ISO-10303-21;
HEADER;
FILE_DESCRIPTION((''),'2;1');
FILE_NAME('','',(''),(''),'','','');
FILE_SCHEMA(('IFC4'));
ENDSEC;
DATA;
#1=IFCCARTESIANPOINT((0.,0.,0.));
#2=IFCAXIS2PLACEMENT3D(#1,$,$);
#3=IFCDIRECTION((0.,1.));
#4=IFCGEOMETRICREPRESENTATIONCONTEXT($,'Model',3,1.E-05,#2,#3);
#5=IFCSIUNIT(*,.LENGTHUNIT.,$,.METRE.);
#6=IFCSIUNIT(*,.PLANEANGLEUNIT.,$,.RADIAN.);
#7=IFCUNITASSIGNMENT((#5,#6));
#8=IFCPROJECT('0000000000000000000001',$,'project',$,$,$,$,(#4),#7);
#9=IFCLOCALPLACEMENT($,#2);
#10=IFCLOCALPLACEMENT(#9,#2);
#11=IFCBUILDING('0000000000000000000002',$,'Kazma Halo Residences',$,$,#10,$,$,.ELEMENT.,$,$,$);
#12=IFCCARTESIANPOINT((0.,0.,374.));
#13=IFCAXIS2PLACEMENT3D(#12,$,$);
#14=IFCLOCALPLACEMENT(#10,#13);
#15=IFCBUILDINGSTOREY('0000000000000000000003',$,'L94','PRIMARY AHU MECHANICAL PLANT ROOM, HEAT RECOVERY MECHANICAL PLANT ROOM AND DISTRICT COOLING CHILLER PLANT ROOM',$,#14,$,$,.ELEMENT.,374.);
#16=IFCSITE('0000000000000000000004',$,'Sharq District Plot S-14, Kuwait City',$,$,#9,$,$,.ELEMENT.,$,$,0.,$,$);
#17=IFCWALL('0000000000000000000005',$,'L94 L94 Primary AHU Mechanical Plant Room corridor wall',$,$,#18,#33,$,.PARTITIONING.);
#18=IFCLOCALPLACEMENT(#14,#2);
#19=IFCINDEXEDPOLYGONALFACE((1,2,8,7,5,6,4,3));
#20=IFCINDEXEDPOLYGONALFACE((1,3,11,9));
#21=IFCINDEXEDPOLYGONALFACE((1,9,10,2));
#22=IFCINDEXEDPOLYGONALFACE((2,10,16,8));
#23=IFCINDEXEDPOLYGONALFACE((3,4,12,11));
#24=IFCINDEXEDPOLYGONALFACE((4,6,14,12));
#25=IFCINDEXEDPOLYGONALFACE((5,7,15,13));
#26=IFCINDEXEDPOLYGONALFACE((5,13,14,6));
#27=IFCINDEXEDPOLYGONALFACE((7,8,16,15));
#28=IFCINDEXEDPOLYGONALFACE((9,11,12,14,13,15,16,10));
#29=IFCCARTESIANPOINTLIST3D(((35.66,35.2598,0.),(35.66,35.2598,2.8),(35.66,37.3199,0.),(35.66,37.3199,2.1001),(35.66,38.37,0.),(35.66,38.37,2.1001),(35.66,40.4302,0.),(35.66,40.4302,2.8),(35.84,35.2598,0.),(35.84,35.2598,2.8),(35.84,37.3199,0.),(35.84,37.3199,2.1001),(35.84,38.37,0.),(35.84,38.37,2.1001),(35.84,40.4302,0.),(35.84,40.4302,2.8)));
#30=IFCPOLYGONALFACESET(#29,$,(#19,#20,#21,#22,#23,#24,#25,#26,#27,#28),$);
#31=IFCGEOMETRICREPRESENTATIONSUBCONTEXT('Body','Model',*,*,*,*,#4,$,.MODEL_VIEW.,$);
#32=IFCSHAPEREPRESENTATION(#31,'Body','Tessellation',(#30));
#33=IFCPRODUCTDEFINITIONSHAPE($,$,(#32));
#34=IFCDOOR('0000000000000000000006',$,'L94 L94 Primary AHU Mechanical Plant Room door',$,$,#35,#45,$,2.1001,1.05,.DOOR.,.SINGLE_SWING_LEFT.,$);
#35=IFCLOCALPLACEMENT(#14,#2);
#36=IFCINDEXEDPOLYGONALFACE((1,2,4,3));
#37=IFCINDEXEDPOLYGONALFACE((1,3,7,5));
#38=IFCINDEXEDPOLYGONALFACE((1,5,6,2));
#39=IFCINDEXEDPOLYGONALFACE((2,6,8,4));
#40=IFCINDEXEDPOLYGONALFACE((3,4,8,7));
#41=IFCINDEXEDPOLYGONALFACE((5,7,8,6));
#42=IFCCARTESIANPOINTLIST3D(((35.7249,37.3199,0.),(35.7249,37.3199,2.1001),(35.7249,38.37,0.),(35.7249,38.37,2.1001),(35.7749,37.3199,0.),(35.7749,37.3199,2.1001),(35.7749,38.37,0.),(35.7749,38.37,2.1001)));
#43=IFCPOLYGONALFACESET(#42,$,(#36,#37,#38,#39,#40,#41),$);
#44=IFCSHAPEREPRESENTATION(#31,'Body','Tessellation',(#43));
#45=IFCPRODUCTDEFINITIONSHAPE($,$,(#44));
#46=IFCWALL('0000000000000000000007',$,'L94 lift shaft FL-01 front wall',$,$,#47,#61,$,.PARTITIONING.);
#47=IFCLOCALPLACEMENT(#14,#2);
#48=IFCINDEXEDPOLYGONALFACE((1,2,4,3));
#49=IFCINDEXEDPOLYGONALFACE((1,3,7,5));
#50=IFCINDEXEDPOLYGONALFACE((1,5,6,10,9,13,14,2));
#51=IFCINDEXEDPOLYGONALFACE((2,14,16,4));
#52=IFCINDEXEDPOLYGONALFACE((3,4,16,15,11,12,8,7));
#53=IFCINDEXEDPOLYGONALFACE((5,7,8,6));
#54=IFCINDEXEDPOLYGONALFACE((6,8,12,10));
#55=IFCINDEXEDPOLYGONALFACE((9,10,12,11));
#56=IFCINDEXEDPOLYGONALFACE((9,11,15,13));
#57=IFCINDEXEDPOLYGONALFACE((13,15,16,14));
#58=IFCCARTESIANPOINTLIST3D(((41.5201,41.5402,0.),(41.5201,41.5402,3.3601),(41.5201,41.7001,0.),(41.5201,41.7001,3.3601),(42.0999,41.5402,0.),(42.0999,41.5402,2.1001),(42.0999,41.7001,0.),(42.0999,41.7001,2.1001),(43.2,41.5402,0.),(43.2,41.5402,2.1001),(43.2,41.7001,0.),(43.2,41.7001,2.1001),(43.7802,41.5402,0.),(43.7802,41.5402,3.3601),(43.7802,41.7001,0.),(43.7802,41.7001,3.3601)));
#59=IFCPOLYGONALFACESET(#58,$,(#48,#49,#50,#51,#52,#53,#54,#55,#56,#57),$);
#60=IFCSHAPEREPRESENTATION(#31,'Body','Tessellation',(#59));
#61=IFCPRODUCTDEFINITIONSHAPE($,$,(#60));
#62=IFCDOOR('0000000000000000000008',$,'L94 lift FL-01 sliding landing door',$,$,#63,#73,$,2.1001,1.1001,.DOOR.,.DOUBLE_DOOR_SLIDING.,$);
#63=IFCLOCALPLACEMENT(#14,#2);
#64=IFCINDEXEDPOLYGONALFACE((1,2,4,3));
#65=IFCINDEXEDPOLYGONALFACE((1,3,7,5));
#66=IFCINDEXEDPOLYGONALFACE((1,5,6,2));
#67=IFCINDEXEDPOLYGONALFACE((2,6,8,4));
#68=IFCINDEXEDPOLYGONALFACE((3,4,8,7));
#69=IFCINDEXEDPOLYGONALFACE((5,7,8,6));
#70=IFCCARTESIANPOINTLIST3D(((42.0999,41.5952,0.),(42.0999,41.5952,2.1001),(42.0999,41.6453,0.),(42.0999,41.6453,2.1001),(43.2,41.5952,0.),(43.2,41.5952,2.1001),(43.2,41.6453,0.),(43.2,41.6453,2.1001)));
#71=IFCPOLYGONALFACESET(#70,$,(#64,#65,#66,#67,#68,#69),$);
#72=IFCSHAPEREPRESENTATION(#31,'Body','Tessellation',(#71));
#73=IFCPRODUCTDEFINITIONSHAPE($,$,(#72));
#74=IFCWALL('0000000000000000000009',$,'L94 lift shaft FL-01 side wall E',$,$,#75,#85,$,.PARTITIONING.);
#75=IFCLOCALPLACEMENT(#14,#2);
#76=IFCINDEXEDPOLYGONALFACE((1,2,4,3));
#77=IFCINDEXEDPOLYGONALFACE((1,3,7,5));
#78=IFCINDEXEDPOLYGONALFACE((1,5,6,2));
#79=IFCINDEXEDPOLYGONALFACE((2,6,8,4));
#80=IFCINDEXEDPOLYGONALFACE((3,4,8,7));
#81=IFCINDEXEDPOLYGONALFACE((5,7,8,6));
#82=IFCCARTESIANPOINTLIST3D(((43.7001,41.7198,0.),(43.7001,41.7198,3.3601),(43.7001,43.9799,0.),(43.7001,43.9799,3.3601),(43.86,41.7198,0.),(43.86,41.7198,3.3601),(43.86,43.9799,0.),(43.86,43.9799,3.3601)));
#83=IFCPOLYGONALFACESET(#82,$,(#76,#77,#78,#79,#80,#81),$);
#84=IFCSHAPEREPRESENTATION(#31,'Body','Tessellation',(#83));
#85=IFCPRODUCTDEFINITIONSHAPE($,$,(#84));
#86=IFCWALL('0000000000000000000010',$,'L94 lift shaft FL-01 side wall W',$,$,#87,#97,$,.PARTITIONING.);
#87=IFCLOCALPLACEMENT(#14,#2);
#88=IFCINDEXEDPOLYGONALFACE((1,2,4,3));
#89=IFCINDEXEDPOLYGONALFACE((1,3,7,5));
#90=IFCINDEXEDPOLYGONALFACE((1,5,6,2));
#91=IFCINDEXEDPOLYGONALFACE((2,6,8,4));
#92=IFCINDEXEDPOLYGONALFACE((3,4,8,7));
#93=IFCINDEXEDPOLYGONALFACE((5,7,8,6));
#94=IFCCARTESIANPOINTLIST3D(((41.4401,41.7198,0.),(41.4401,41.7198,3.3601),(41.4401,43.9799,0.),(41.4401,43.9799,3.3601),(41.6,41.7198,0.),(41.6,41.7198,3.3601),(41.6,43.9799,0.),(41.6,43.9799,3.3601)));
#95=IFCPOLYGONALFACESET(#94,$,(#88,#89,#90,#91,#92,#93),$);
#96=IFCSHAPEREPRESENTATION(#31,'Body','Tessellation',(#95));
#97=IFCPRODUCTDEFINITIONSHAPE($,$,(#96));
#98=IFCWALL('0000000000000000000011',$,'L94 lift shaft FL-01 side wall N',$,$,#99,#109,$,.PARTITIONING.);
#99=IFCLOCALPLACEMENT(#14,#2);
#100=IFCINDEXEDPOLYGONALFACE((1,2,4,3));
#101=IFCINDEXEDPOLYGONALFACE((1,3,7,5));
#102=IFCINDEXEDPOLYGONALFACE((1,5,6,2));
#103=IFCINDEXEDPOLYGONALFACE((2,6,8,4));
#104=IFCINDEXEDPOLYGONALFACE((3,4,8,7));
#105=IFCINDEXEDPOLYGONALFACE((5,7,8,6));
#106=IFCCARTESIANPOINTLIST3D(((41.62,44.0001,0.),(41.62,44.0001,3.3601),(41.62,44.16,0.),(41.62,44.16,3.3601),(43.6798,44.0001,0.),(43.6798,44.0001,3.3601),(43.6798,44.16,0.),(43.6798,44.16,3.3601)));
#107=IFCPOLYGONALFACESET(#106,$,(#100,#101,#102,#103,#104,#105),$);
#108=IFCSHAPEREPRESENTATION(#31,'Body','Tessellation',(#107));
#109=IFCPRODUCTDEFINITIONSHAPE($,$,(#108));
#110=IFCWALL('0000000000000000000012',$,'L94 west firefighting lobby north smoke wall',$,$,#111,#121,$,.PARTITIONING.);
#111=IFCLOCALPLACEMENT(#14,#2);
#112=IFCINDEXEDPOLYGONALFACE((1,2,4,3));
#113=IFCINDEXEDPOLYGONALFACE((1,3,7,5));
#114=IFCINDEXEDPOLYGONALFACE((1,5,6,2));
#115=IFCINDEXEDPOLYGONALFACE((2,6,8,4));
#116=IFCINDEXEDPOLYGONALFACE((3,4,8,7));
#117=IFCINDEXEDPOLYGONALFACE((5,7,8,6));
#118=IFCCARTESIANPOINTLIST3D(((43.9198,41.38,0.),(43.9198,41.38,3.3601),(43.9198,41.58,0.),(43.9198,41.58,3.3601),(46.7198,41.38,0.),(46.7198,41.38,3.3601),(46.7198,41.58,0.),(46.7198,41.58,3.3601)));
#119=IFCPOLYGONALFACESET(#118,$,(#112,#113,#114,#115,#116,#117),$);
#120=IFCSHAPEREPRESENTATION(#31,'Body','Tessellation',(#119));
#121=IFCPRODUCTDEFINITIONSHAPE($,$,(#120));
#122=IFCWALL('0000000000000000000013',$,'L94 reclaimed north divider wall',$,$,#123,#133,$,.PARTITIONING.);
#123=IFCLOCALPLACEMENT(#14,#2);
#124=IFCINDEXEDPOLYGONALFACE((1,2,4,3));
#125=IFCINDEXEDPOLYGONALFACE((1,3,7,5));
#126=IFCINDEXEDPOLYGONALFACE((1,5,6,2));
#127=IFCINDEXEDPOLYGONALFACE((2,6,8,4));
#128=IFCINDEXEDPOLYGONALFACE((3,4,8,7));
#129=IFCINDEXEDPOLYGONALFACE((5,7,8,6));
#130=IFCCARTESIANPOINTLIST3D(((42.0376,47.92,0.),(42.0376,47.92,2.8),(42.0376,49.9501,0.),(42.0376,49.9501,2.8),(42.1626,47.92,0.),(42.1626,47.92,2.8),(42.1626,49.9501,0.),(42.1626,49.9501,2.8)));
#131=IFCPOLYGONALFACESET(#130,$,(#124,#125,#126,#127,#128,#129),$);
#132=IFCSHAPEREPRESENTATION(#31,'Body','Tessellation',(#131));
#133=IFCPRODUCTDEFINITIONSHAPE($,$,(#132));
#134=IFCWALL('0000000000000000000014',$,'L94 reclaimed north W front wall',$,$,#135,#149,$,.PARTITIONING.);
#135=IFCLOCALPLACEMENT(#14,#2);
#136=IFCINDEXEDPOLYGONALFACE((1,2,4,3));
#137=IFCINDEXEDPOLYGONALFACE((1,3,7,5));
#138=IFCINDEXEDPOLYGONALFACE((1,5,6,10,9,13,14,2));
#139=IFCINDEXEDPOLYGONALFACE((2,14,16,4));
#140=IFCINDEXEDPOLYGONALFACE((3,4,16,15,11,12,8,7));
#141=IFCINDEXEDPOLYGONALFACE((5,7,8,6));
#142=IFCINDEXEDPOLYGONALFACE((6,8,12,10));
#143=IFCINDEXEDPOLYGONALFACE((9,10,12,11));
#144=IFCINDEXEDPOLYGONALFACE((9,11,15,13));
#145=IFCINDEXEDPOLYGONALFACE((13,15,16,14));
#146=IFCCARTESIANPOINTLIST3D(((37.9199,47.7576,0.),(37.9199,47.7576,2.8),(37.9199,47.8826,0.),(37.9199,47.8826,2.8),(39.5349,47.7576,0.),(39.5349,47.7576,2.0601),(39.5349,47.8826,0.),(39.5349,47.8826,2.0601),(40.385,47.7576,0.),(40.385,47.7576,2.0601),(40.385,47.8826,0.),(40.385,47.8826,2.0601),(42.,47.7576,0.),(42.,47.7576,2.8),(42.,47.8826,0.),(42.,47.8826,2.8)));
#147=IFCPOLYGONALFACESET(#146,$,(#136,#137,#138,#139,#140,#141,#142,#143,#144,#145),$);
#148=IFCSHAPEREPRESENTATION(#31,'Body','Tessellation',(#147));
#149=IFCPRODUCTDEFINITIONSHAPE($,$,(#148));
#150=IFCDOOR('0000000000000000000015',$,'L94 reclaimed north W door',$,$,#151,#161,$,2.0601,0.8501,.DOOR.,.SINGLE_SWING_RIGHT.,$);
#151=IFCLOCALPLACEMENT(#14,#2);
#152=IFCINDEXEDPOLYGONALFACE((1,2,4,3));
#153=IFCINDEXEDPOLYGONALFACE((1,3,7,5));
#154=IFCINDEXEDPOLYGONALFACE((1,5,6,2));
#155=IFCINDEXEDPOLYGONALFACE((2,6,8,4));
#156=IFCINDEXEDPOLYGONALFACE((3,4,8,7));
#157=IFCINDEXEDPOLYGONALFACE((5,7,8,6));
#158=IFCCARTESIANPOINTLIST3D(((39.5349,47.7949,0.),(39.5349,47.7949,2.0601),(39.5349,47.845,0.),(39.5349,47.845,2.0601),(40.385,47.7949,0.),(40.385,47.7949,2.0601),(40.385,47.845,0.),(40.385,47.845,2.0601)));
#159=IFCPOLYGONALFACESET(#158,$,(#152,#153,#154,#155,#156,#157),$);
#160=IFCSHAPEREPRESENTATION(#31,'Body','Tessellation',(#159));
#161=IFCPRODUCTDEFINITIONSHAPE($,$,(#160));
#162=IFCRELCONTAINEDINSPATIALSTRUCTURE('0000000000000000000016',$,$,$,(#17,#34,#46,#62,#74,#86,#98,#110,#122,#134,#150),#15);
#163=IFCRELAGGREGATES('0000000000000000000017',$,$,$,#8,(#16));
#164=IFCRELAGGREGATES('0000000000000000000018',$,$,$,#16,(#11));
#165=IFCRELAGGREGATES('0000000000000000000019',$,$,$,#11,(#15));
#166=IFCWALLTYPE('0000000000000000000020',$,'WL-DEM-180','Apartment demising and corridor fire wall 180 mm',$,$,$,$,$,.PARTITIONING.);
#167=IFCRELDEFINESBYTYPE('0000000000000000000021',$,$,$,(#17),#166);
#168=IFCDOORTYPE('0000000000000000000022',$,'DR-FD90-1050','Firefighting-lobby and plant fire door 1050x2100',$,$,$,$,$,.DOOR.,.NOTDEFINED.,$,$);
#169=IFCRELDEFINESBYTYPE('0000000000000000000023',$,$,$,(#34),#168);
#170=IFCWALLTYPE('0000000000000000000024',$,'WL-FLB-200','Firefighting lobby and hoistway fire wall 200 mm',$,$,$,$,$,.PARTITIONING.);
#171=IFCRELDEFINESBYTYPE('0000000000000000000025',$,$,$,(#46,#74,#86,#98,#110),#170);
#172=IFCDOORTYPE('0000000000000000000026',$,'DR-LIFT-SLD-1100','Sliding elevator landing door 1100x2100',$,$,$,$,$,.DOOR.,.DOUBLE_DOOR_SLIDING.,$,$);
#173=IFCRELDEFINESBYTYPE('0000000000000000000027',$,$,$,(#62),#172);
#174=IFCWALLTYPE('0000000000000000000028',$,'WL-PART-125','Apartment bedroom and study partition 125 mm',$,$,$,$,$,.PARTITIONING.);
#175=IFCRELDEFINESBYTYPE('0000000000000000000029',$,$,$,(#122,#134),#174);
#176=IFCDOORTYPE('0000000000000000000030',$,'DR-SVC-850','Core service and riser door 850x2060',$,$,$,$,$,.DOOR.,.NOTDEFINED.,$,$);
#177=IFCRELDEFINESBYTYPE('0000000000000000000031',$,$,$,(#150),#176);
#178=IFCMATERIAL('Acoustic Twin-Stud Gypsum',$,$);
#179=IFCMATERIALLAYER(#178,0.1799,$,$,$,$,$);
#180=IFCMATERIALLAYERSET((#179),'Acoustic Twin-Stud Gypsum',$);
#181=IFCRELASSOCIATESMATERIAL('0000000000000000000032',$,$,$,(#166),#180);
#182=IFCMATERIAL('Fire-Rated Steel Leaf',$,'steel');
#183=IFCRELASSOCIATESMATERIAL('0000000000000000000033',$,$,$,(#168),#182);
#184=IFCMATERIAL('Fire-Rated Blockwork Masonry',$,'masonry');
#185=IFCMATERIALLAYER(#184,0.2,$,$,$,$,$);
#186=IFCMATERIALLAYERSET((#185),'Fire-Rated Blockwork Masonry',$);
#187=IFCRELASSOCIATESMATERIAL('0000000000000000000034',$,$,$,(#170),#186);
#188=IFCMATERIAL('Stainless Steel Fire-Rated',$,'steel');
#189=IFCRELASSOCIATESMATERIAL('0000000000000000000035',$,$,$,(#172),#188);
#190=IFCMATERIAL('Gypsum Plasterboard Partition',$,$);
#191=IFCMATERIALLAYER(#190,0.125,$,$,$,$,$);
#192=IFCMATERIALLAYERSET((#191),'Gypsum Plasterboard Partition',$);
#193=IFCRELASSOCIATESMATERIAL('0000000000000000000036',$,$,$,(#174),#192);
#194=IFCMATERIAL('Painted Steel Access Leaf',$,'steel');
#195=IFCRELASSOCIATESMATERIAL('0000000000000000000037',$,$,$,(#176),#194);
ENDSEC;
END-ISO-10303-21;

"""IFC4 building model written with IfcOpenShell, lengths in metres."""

from ifc_helpers import new_model, si_unit, direction, frame, frame_2d, origin, place, context, subcontext, project, spatial, rectangle, extrude, material, layer, layer_set, type_object, element, fill, save


model = new_model("IFC4")

# Units and contexts
model_context = context("Model", 3, precision=1e-05, world=origin(), true_north=direction((0.0, 1.0)))
body_context = subcontext(model_context, "Body", "Model", "MODEL_VIEW")
ifc_project = project(units=[si_unit("LENGTHUNIT", "METRE"), si_unit("PLANEANGLEUNIT", "RADIAN")], contexts=[model_context])

# Site, building, storey
site_placement = place(None, origin())
site = spatial("IfcSite", under=ifc_project, at=site_placement, Name="Sharq District Plot S-14, Kuwait City", CompositionType="ELEMENT", RefElevation=0.0)
building_placement = place(site_placement, origin())
building = spatial("IfcBuilding", under=site, at=building_placement, Name="Kazma Halo Residences", CompositionType="ELEMENT")
storey_placement = place(building_placement, frame((0.0, 0.0, 374.0)))
storey = spatial("IfcBuildingStorey", under=building, at=storey_placement, Name="L94", Description="PRIMARY AHU MECHANICAL PLANT ROOM, HEAT RECOVERY MECHANICAL PLANT ROOM AND DISTRICT COOLING CHILLER PLANT ROOM", CompositionType="ELEMENT", Elevation=374.0)

# Shared definitions
ifc_material_1 = material(Name="Acoustic Twin-Stud Gypsum")
ifc_layer_1 = layer(ifc_material_1, 0.1799)
ifc_layer_set_1 = layer_set([ifc_layer_1], Name="Acoustic Twin-Stud Gypsum")
wall_type_1 = type_object("IfcWallType", Name="WL-DEM-180", Description="Apartment demising and corridor fire wall 180 mm", PredefinedType="PARTITIONING", material=ifc_layer_set_1)

# Walls, openings, doors
wall_1_placement = place(storey_placement, frame((35.75, 40.4302, 0.0), z_axis=(0.0, 0.0, 1.0), x_axis=(0.0, -1.0, 0.0)))
wall_1 = element("IfcWall", 1, at=wall_1_placement, inside=storey, type_object=wall_type_1, Name="L94 L94 Primary AHU Mechanical Plant Room corridor wall", PredefinedType="PARTITIONING", context=body_context, shape_type="SweptSolid", body=[
    extrude(rectangle(XDim=5.1704, YDim=0.1799, at=frame_2d((2.5852, 0.0))), origin(), (0.0, 0.0, 1.0), 2.8),
])
opening_1_placement = place(wall_1_placement, frame((2.0603, 0.0, 0.0)))
opening_1 = element("IfcOpeningElement", 2, at=opening_1_placement, cuts=wall_1, PredefinedType="OPENING", context=body_context, shape_type="SweptSolid", body=[
    extrude(rectangle(XDim=1.05, YDim=2.1001, at=frame_2d((0.5249, 1.05))), frame((0.0, 0.0999, 0.0), z_axis=(0.0, -1.0, 0.0), x_axis=(1.0, 0.0, 0.0)), (0.0, 0.0, 1.0), 0.2),
])
ifc_material_2 = material(Name="Fire-Rated Steel Leaf", Category="steel")
door_type_1 = type_object("IfcDoorType", Name="DR-FD90-1050", Description="Firefighting-lobby and plant fire door 1050x2100", OperationType="NOTDEFINED", PredefinedType="DOOR", material=ifc_material_2)
door_1_placement = place(opening_1_placement, origin())
door_1 = element("IfcDoor", 3, at=door_1_placement, inside=storey, type_object=door_type_1, Name="L94 L94 Primary AHU Mechanical Plant Room door", OperationType="SINGLE_SWING_LEFT", OverallHeight=2.1001, OverallWidth=1.05, PredefinedType="DOOR", context=body_context, shape_type="SweptSolid", body=[
    extrude(rectangle(XDim=1.05, YDim=2.1001, at=frame_2d((0.5249, 1.05))), frame((0.0, 0.0249, 0.0), z_axis=(0.0, -1.0, 0.0), x_axis=(1.0, 0.0, 0.0)), (0.0, 0.0, 1.0), 0.05),
])
fill(opening_1, door_1)
ifc_material_3 = material(Name="Fire-Rated Blockwork Masonry", Category="masonry")
ifc_layer_2 = layer(ifc_material_3, 0.2)
ifc_layer_set_2 = layer_set([ifc_layer_2], Name="Fire-Rated Blockwork Masonry")
wall_type_2 = type_object("IfcWallType", Name="WL-FLB-200", Description="Firefighting lobby and hoistway fire wall 200 mm", PredefinedType="PARTITIONING", material=ifc_layer_set_2)
wall_2_placement = place(storey_placement, frame((43.78, 41.6201, 0.0), z_axis=(0.0, 0.0, 1.0), x_axis=(-1.0, 0.0, 0.0)))
wall_2 = element("IfcWall", 4, at=wall_2_placement, inside=storey, type_object=wall_type_2, Name="L94 lift shaft FL-01 front wall", PredefinedType="PARTITIONING", context=body_context, shape_type="SweptSolid", body=[
    extrude(rectangle(XDim=2.26, YDim=0.1599, at=frame_2d((1.1299, 0.0))), origin(), (0.0, 0.0, 1.0), 3.3601),
])
opening_2_placement = place(wall_2_placement, frame((0.5801, 0.0, 0.0)))
opening_2 = element("IfcOpeningElement", 5, at=opening_2_placement, cuts=wall_2, PredefinedType="OPENING", context=body_context, shape_type="SweptSolid", body=[
    extrude(rectangle(XDim=1.1001, YDim=2.1001, at=frame_2d((0.55, 1.05))), frame((0.0, 0.0898, 0.0), z_axis=(0.0, -1.0, 0.0), x_axis=(1.0, 0.0, 0.0)), (0.0, 0.0, 1.0), 0.1799),
])
ifc_material_4 = material(Name="Stainless Steel Fire-Rated", Category="steel")
door_type_2 = type_object("IfcDoorType", Name="DR-LIFT-SLD-1100", Description="Sliding elevator landing door 1100x2100", OperationType="DOUBLE_DOOR_SLIDING", PredefinedType="DOOR", material=ifc_material_4)
door_2_placement = place(opening_2_placement, origin())
door_2 = element("IfcDoor", 6, at=door_2_placement, inside=storey, type_object=door_type_2, Name="L94 lift FL-01 sliding landing door", OperationType="DOUBLE_DOOR_SLIDING", OverallHeight=2.1001, OverallWidth=1.1001, PredefinedType="DOOR", context=body_context, shape_type="SweptSolid", body=[
    extrude(rectangle(XDim=1.1001, YDim=2.1001, at=frame_2d((0.55, 1.05))), frame((0.0, 0.0249, 0.0), z_axis=(0.0, -1.0, 0.0), x_axis=(1.0, 0.0, 0.0)), (0.0, 0.0, 1.0), 0.05),
])
fill(opening_2, door_2)

# Walls
for number, where, z_axis, x_axis, name in (
    (7, (43.78, 41.72, 0.0), (0.0, 0.0, 1.0), (0.0, 1.0, 0.0), "L94 lift shaft FL-01 side wall E"),
    (8, (41.52, 41.72, 0.0), (0.0, 0.0, 1.0), (0.0, 1.0, 0.0), "L94 lift shaft FL-01 side wall W"),
):
    element("IfcWall", number, at=place(storey_placement, frame(where, z_axis=z_axis, x_axis=x_axis)), inside=storey, type_object=wall_type_2, Name=name, PredefinedType="PARTITIONING", context=body_context, shape_type="SweptSolid", body=[
        extrude(rectangle(XDim=2.26, YDim=0.1599, at=frame_2d((1.1299, 0.0))), origin(), (0.0, 0.0, 1.0), 3.3601),
    ])
wall_3_placement = place(storey_placement, frame((41.6201, 44.0801, 0.0), z_axis=(0.0, 0.0, 1.0), x_axis=(1.0, 0.0, 0.0)))
element("IfcWall", 9, at=wall_3_placement, inside=storey, type_object=wall_type_2, Name="L94 lift shaft FL-01 side wall N", PredefinedType="PARTITIONING", context=body_context, shape_type="SweptSolid", body=[
    extrude(rectangle(XDim=2.0598, YDim=0.1599, at=frame_2d((1.0298, 0.0))), origin(), (0.0, 0.0, 1.0), 3.3601),
])
wall_4_placement = place(storey_placement, frame((43.9199, 41.48, 0.0), z_axis=(0.0, 0.0, 1.0), x_axis=(1.0, 0.0, 0.0)))
element("IfcWall", 10, at=wall_4_placement, inside=storey, type_object=wall_type_2, Name="L94 west firefighting lobby north smoke wall", PredefinedType="PARTITIONING", context=body_context, shape_type="SweptSolid", body=[
    extrude(rectangle(XDim=2.8, YDim=0.2, at=frame_2d((1.3999, 0.0))), origin(), (0.0, 0.0, 1.0), 3.3601),
])
ifc_material_5 = material(Name="Gypsum Plasterboard Partition")
ifc_layer_3 = layer(ifc_material_5, 0.125)
ifc_layer_set_3 = layer_set([ifc_layer_3], Name="Gypsum Plasterboard Partition")
wall_type_3 = type_object("IfcWallType", Name="WL-PART-125", Description="Apartment bedroom and study partition 125 mm", PredefinedType="PARTITIONING", material=ifc_layer_set_3)
wall_5_placement = place(storey_placement, frame((42.1001, 47.9199, 0.0), z_axis=(0.0, 0.0, 1.0), x_axis=(0.0, 1.0, 0.0)))
element("IfcWall", 11, at=wall_5_placement, inside=storey, type_object=wall_type_3, Name="L94 reclaimed north divider wall", PredefinedType="PARTITIONING", context=body_context, shape_type="SweptSolid", body=[
    extrude(rectangle(XDim=2.03, YDim=0.125, at=frame_2d((1.0151, 0.0))), origin(), (0.0, 0.0, 1.0), 2.8),
])

# Wall, opening, door
wall_6_placement = place(storey_placement, frame((37.9199, 47.8201, 0.0), z_axis=(0.0, 0.0, 1.0), x_axis=(1.0, 0.0, 0.0)))
wall_6 = element("IfcWall", 12, at=wall_6_placement, inside=storey, type_object=wall_type_3, Name="L94 reclaimed north W front wall", PredefinedType="PARTITIONING", context=body_context, shape_type="SweptSolid", body=[
    extrude(rectangle(XDim=4.0801, YDim=0.125, at=frame_2d((2.04, 0.0))), origin(), (0.0, 0.0, 1.0), 2.8),
])
opening_3_placement = place(wall_6_placement, frame((1.615, 0.0, 0.0)))
opening_3 = element("IfcOpeningElement", 13, at=opening_3_placement, cuts=wall_6, PredefinedType="OPENING", context=body_context, shape_type="SweptSolid", body=[
    extrude(rectangle(XDim=0.8501, YDim=2.0601, at=frame_2d((0.425, 1.03))), frame((0.0, 0.0725, 0.0), z_axis=(0.0, -1.0, 0.0), x_axis=(1.0, 0.0, 0.0)), (0.0, 0.0, 1.0), 0.145),
])
ifc_material_6 = material(Name="Painted Steel Access Leaf", Category="steel")
door_type_3 = type_object("IfcDoorType", Name="DR-SVC-850", Description="Core service and riser door 850x2060", OperationType="NOTDEFINED", PredefinedType="DOOR", material=ifc_material_6)
door_3_placement = place(opening_3_placement, origin())
door_3 = element("IfcDoor", 14, at=door_3_placement, inside=storey, type_object=door_type_3, Name="L94 reclaimed north W door", OperationType="SINGLE_SWING_RIGHT", OverallHeight=2.0601, OverallWidth=0.8501, PredefinedType="DOOR", context=body_context, shape_type="SweptSolid", body=[
    extrude(rectangle(XDim=0.8501, YDim=2.0601, at=frame_2d((0.425, 1.03))), frame((0.0, 0.0249, 0.0), z_axis=(0.0, -1.0, 0.0), x_axis=(1.0, 0.0, 0.0)), (0.0, 0.0, 1.0), 0.05),
])
fill(opening_3, door_3)

save(model, "model.ifc")
